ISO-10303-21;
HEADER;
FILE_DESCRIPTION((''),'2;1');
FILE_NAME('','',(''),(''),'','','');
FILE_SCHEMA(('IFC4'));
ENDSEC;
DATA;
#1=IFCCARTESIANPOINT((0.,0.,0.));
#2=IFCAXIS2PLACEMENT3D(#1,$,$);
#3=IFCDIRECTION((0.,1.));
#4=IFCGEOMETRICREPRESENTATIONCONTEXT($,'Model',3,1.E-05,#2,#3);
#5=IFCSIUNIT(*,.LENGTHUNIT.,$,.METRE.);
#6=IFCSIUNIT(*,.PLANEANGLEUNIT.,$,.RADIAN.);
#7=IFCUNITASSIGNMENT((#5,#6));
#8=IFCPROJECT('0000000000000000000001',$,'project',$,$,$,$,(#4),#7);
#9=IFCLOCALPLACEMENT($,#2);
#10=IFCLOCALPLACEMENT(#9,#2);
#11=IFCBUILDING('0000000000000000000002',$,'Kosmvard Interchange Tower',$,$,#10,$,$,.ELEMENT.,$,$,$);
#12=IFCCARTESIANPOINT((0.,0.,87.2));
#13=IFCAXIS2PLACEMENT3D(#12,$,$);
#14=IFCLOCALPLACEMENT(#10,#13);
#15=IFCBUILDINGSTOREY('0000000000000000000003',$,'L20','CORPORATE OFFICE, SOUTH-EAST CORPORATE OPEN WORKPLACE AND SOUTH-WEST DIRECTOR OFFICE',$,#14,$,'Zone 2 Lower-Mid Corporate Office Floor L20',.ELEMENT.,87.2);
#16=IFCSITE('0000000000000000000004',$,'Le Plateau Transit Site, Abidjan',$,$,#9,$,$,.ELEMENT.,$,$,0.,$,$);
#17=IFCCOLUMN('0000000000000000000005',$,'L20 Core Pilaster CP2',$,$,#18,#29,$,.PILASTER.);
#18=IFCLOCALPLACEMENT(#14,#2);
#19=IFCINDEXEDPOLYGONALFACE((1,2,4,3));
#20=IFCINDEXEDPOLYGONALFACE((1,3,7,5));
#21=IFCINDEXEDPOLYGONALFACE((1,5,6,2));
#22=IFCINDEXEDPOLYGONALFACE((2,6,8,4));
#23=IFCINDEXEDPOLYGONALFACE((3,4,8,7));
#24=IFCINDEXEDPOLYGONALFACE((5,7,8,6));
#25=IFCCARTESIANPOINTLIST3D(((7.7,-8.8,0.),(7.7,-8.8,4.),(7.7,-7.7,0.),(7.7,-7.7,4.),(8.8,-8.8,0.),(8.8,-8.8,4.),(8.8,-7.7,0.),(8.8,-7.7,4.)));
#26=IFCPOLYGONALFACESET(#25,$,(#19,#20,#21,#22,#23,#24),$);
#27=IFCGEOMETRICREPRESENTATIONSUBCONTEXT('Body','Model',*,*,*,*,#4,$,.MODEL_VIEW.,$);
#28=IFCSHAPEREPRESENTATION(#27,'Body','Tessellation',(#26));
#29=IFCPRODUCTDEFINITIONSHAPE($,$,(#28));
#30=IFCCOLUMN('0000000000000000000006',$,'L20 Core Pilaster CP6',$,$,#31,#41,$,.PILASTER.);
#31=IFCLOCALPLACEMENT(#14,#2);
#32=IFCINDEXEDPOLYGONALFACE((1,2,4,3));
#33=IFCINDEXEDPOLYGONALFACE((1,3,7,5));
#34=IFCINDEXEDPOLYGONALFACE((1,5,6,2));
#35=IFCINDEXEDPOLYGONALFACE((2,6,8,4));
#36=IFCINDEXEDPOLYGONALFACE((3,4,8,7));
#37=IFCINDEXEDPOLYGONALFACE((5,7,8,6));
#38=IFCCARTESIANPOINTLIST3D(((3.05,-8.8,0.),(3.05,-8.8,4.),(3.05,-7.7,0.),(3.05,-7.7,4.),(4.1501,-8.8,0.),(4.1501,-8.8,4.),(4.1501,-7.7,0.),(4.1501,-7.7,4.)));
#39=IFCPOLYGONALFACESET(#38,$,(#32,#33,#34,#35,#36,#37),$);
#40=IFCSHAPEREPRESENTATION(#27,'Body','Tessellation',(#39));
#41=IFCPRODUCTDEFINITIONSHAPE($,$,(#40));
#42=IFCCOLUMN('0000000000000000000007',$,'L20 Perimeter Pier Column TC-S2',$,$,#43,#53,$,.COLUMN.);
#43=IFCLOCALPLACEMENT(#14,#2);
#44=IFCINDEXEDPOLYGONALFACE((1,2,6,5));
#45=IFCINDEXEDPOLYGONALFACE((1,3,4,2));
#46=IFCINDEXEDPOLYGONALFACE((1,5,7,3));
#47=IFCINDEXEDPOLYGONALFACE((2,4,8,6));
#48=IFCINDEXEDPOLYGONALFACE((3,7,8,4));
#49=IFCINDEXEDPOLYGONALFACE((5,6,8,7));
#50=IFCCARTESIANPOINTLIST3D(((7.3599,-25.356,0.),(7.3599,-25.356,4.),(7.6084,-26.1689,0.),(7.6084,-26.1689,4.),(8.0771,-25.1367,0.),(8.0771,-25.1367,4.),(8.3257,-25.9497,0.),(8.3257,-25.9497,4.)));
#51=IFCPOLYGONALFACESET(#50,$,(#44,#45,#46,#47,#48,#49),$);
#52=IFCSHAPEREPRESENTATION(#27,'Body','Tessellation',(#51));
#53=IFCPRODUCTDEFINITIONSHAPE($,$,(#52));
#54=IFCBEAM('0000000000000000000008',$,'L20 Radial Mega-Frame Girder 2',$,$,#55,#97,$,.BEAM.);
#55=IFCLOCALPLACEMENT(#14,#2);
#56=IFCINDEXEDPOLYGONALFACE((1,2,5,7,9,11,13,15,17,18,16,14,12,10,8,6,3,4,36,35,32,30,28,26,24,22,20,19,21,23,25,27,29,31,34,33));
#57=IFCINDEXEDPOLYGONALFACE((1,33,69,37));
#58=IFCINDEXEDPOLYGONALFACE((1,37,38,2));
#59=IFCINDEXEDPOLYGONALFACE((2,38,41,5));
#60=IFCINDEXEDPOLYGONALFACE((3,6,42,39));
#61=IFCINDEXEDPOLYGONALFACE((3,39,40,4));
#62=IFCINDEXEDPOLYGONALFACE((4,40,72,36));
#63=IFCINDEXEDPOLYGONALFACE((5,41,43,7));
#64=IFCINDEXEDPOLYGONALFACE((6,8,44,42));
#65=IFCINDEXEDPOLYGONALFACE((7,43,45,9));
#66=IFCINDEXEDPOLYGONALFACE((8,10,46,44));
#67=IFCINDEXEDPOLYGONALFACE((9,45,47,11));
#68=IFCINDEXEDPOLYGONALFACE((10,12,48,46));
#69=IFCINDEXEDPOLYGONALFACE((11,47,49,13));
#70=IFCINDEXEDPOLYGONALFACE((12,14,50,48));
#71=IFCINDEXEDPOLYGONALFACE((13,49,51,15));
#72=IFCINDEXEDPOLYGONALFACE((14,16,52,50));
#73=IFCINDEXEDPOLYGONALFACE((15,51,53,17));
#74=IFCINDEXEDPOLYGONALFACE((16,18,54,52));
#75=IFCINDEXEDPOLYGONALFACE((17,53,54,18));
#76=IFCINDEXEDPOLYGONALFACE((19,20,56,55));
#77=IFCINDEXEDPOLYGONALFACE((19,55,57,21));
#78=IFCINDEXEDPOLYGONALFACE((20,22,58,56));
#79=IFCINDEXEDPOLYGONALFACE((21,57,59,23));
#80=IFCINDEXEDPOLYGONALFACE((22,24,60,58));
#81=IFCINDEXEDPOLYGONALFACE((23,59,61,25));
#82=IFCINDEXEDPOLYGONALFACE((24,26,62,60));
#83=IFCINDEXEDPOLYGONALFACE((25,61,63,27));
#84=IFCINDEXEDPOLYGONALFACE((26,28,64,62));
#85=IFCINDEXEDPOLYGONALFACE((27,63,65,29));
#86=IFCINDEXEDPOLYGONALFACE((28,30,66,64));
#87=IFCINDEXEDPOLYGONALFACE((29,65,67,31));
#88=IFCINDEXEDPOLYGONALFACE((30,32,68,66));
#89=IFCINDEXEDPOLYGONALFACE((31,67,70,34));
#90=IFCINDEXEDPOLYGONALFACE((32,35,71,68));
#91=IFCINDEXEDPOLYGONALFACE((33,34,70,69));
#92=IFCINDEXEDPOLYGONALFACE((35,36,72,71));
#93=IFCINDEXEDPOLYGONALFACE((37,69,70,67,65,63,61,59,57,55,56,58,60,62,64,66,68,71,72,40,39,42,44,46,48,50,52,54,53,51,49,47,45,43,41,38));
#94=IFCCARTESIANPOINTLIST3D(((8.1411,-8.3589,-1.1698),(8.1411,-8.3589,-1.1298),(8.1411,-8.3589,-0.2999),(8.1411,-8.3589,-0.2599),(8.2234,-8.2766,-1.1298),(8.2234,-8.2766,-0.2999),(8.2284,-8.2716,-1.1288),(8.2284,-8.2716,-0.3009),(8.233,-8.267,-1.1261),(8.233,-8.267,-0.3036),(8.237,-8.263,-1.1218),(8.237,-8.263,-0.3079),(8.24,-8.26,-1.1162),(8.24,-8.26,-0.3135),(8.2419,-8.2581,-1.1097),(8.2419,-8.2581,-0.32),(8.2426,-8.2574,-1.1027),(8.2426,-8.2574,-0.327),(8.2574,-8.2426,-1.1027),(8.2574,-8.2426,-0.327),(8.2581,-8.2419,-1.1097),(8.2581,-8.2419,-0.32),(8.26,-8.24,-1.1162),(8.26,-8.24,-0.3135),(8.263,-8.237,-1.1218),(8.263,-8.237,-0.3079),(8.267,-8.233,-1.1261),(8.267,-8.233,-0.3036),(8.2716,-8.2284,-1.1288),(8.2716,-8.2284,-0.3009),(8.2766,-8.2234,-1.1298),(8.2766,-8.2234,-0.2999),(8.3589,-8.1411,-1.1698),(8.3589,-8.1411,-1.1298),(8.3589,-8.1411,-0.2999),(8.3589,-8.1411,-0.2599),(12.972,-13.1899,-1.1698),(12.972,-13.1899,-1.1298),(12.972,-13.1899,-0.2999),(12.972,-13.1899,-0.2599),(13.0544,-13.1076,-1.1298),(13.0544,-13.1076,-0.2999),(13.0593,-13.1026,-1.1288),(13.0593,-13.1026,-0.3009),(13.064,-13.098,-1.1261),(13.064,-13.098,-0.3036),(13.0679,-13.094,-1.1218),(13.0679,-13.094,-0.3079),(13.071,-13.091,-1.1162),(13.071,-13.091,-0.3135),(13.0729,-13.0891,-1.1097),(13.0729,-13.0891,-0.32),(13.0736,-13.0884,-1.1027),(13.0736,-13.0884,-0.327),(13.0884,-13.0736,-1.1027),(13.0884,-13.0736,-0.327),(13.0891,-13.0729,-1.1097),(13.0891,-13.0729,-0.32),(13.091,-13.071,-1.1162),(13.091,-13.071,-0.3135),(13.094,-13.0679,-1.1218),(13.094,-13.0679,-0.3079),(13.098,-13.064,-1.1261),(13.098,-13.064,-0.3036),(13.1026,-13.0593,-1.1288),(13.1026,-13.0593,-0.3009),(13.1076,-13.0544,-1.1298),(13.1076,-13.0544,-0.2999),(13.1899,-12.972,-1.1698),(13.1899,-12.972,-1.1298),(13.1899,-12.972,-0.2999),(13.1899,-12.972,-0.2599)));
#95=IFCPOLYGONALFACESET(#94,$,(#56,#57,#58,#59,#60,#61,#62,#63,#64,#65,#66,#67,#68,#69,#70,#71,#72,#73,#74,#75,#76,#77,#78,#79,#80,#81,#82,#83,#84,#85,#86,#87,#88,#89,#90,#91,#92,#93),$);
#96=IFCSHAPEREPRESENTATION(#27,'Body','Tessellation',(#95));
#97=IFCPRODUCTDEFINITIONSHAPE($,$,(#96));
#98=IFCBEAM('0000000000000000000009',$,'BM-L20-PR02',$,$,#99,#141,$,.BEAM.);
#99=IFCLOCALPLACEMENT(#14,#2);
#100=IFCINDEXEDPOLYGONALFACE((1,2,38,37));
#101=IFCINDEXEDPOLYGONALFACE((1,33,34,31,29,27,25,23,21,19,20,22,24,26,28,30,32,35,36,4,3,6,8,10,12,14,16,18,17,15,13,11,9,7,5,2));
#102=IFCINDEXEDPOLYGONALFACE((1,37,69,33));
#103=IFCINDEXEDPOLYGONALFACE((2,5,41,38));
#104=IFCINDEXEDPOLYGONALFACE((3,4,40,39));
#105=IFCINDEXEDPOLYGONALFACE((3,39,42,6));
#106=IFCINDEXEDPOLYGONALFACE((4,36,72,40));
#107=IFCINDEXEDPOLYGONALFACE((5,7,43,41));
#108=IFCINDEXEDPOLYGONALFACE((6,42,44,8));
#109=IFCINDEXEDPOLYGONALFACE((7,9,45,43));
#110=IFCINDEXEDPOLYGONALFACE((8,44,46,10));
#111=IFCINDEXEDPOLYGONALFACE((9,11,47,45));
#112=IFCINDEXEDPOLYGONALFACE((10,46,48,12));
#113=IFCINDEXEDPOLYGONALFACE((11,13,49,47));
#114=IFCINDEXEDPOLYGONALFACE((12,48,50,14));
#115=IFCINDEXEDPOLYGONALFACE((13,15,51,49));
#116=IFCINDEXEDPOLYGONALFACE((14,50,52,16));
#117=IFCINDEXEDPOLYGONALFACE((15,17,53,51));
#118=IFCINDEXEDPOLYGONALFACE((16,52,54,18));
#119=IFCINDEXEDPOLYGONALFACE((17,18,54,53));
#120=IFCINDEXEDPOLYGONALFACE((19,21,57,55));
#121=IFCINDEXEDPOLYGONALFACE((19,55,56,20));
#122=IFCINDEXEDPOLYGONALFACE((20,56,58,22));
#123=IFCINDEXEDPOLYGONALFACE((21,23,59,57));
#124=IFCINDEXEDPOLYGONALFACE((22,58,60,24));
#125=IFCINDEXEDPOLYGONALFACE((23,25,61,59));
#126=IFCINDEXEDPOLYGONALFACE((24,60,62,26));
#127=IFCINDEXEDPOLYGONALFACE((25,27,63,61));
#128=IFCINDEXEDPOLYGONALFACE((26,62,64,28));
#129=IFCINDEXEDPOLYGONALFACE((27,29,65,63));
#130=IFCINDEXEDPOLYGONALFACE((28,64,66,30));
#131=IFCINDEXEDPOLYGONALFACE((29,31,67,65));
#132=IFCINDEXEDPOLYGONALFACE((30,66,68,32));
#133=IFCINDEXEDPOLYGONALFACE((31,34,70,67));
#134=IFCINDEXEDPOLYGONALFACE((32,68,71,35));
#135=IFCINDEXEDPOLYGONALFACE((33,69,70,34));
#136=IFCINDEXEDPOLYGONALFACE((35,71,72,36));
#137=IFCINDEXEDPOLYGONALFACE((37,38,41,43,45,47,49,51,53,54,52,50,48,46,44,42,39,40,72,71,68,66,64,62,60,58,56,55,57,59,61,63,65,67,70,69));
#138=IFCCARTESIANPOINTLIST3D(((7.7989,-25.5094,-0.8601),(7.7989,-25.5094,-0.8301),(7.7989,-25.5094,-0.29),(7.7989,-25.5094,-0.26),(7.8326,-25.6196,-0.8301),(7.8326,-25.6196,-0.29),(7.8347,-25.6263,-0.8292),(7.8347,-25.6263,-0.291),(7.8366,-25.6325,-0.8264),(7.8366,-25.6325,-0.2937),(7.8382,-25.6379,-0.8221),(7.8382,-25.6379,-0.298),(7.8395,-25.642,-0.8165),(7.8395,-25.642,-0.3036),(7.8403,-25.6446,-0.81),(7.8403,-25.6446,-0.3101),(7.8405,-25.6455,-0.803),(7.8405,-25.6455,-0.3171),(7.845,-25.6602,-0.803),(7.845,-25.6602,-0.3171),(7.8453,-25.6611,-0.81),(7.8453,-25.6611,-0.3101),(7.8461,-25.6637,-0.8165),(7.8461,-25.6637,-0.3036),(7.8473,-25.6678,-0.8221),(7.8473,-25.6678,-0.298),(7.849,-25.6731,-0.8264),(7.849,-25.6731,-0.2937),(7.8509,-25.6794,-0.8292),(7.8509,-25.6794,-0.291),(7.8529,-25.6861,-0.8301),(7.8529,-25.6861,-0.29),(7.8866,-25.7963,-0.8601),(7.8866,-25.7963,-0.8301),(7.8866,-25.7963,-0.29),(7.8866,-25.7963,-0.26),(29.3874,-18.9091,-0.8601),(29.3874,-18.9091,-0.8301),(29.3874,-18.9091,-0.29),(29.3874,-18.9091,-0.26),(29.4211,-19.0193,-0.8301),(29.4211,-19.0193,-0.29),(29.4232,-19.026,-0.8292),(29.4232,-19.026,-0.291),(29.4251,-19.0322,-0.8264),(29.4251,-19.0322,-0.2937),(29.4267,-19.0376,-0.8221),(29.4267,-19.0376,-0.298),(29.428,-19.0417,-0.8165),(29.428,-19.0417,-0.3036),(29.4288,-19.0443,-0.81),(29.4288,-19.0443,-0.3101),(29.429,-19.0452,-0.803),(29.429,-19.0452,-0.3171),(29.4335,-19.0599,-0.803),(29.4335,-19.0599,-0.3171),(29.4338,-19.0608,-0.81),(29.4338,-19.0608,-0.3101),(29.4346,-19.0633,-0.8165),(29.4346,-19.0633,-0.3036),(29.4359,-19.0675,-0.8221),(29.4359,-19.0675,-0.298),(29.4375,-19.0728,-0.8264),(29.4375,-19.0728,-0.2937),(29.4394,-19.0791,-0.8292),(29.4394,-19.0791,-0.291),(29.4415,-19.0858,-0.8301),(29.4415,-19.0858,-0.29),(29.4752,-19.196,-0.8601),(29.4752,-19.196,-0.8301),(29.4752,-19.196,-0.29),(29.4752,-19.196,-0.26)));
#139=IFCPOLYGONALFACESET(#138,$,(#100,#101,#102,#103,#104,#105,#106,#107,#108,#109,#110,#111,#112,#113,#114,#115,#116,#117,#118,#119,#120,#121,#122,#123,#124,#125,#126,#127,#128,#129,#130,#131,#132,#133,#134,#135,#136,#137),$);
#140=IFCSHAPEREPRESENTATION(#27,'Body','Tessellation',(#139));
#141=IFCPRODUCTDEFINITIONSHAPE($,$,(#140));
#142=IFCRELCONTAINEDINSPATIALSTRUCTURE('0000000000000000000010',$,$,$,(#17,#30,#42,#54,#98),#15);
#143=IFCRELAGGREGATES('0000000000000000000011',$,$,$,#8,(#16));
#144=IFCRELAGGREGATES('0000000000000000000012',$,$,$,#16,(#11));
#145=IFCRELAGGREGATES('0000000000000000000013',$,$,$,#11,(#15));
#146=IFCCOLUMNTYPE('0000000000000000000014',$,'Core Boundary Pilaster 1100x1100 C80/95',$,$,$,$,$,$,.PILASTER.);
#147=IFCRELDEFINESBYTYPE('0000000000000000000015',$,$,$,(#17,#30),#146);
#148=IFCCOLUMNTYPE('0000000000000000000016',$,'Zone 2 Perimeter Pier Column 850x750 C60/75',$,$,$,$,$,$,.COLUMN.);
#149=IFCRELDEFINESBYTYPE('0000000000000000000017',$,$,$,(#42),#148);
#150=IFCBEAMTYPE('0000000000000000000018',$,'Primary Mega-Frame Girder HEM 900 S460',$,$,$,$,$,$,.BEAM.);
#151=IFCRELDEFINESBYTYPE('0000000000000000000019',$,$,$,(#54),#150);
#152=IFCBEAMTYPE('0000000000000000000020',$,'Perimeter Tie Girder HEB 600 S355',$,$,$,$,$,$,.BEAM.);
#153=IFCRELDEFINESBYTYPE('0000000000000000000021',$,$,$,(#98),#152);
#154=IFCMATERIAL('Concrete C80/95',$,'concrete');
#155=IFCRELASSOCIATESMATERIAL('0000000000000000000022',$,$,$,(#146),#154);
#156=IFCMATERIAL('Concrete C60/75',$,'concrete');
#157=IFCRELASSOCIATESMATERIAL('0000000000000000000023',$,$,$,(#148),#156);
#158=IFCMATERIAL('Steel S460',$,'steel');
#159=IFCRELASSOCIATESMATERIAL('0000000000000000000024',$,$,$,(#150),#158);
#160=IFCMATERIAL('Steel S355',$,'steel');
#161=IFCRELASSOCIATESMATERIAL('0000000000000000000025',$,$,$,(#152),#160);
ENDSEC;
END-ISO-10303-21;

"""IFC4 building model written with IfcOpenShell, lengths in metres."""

from ifc_helpers import new_model, si_unit, direction, frame, origin, origin_2d, place, context, subcontext, project, spatial, rectangle, i_section, extrude, source, transform, mapped, material, material_profile, profile_set, type_object, element, save


model = new_model("IFC4")

# Units and contexts
model_context = context("Model", 3, precision=1e-05, world=origin(), true_north=direction((0.0, 1.0)))
body_context = subcontext(model_context, "Body", "Model", "MODEL_VIEW")
ifc_project = project(units=[si_unit("LENGTHUNIT", "METRE"), si_unit("PLANEANGLEUNIT", "RADIAN")], contexts=[model_context])

# Site, building, storey
site_placement = place(None, origin())
site = spatial("IfcSite", under=ifc_project, at=site_placement, Name="Le Plateau Transit Site, Abidjan", CompositionType="ELEMENT", RefElevation=0.0)
building_placement = place(site_placement, origin())
building = spatial("IfcBuilding", under=site, at=building_placement, Name="Kosmvard Interchange Tower", CompositionType="ELEMENT")
storey_placement = place(building_placement, frame((0.0, 0.0, 87.2)))
storey = spatial("IfcBuildingStorey", under=building, at=storey_placement, Name="L20", Description="CORPORATE OFFICE, SOUTH-EAST CORPORATE OPEN WORKPLACE AND SOUTH-WEST DIRECTOR OFFICE", LongName="Zone 2 Lower-Mid Corporate Office Floor L20", CompositionType="ELEMENT", Elevation=87.2)

# Columns
ifc_material_1 = material(Name="Concrete C80/95", Category="concrete")
ifc_material_profile_1 = material_profile(ifc_material_1, rectangle(XDim=1.1001, YDim=1.1001, at=origin_2d()), Name="CP 1100x1100")
ifc_profile_set_1 = profile_set([ifc_material_profile_1], Name="Concrete C80/95")
column_type_1 = type_object("IfcColumnType", Name="Core Boundary Pilaster 1100x1100 C80/95", PredefinedType="PILASTER", material=ifc_profile_set_1)
shared_shape_1 = source(origin(), body_context, "Body", "SweptSolid", [
    extrude(rectangle(XDim=1.1001, YDim=1.1001, at=origin_2d()), origin(), (0.0, 0.0, 1.0), 4.0),
])
for number, where, z_axis, x_axis, name in (
    (1, (8.25, -8.25, 0.0), (0.0, 0.0, 1.0), (1.0, 0.0, 0.0), "L20 Core Pilaster CP2"),
    (2, (3.6001, -8.25, 0.0), (0.0, 0.0, 1.0), (1.0, 0.0, 0.0), "L20 Core Pilaster CP6"),
):
    element("IfcColumn", number, at=place(storey_placement, frame(where, z_axis=z_axis, x_axis=x_axis)), inside=storey, type_object=column_type_1, Name=name, PredefinedType="PILASTER", context=body_context, shape_type="MappedRepresentation", body=[
        mapped(shared_shape_1, transform((0.0, 0.0, 0.0), scale=1.0)),
    ])
ifc_material_2 = material(Name="Concrete C60/75", Category="concrete")
ifc_material_profile_2 = material_profile(ifc_material_2, rectangle(XDim=0.75, YDim=0.8501, at=origin_2d()), Name="TC 850x750")
ifc_profile_set_2 = profile_set([ifc_material_profile_2], Name="Concrete C60/75")
column_type_2 = type_object("IfcColumnType", Name="Zone 2 Perimeter Pier Column 850x750 C60/75", PredefinedType="COLUMN", material=ifc_profile_set_2)
shared_shape_2 = source(origin(), body_context, "Body", "SweptSolid", [
    extrude(rectangle(XDim=0.75, YDim=0.8501, at=origin_2d()), origin(), (0.0, 0.0, 1.0), 4.0),
])
column_placement = place(storey_placement, frame((7.8428, -25.6528, 0.0), z_axis=(0.0, 0.0, 1.0), x_axis=(0.956305, 0.292372, 0.0)))
element("IfcColumn", 3, at=column_placement, inside=storey, type_object=column_type_2, Name="L20 Perimeter Pier Column TC-S2", PredefinedType="COLUMN", context=body_context, shape_type="MappedRepresentation", body=[
    mapped(shared_shape_2, transform((0.0, 0.0, 0.0), scale=1.0)),
])

# Beams
ifc_material_3 = material(Name="Steel S460", Category="steel")
ifc_material_profile_3 = material_profile(ifc_material_3, i_section(OverallWidth=0.3081, OverallDepth=0.9099, WebThickness=0.021, FlangeThickness=0.04, FilletRadius=0.0271, at=origin_2d()), Name="HEM 900")
ifc_profile_set_3 = profile_set([ifc_material_profile_3], Name="Steel S460")
beam_type_1 = type_object("IfcBeamType", Name="Primary Mega-Frame Girder HEM 900 S460", PredefinedType="BEAM", material=ifc_profile_set_3)
shared_shape_3 = source(origin(), body_context, "Body", "SweptSolid", [
    extrude(i_section(OverallWidth=0.3081, OverallDepth=0.9099, WebThickness=0.021, FlangeThickness=0.04, FilletRadius=0.0271, at=origin_2d()), origin(), (0.0, 0.0, 1.0), 6.832),
])
beam_1_placement = place(storey_placement, frame((8.25, -8.25, -0.7148), z_axis=(0.707107, -0.707107, 0.0), x_axis=(0.707107, 0.707107, 0.0)))
element("IfcBeam", 4, at=beam_1_placement, inside=storey, type_object=beam_type_1, Name="L20 Radial Mega-Frame Girder 2", PredefinedType="BEAM", context=body_context, shape_type="MappedRepresentation", body=[
    mapped(shared_shape_3, transform((0.0, 0.0, 0.0), scale=1.0)),
])
ifc_material_4 = material(Name="Steel S355", Category="steel")
ifc_material_profile_4 = material_profile(ifc_material_4, i_section(OverallWidth=0.3, OverallDepth=0.6001, WebThickness=0.0154, FlangeThickness=0.03, FilletRadius=0.0271, at=origin_2d()), Name="HEB 600")
ifc_profile_set_4 = profile_set([ifc_material_profile_4], Name="Steel S355")
beam_type_2 = type_object("IfcBeamType", Name="Perimeter Tie Girder HEB 600 S355", PredefinedType="BEAM", material=ifc_profile_set_4)
shared_shape_4 = source(origin(), body_context, "Body", "SweptSolid", [
    extrude(i_section(OverallWidth=0.3, OverallDepth=0.6001, WebThickness=0.0154, FlangeThickness=0.03, FilletRadius=0.0271, at=origin_2d()), origin(), (0.0, 0.0, 1.0), 22.575),
])
beam_2_placement = place(storey_placement, frame((7.8428, -25.6528, -0.5601), z_axis=(0.956304, 0.292373, 0.0), x_axis=(-0.292373, 0.956304, 0.0)))
element("IfcBeam", 5, at=beam_2_placement, inside=storey, type_object=beam_type_2, Name="BM-L20-PR02", PredefinedType="BEAM", context=body_context, shape_type="MappedRepresentation", body=[
    mapped(shared_shape_4, transform((0.0, 0.0, 0.0), scale=1.0)),
])

save(model, "model.ifc")
